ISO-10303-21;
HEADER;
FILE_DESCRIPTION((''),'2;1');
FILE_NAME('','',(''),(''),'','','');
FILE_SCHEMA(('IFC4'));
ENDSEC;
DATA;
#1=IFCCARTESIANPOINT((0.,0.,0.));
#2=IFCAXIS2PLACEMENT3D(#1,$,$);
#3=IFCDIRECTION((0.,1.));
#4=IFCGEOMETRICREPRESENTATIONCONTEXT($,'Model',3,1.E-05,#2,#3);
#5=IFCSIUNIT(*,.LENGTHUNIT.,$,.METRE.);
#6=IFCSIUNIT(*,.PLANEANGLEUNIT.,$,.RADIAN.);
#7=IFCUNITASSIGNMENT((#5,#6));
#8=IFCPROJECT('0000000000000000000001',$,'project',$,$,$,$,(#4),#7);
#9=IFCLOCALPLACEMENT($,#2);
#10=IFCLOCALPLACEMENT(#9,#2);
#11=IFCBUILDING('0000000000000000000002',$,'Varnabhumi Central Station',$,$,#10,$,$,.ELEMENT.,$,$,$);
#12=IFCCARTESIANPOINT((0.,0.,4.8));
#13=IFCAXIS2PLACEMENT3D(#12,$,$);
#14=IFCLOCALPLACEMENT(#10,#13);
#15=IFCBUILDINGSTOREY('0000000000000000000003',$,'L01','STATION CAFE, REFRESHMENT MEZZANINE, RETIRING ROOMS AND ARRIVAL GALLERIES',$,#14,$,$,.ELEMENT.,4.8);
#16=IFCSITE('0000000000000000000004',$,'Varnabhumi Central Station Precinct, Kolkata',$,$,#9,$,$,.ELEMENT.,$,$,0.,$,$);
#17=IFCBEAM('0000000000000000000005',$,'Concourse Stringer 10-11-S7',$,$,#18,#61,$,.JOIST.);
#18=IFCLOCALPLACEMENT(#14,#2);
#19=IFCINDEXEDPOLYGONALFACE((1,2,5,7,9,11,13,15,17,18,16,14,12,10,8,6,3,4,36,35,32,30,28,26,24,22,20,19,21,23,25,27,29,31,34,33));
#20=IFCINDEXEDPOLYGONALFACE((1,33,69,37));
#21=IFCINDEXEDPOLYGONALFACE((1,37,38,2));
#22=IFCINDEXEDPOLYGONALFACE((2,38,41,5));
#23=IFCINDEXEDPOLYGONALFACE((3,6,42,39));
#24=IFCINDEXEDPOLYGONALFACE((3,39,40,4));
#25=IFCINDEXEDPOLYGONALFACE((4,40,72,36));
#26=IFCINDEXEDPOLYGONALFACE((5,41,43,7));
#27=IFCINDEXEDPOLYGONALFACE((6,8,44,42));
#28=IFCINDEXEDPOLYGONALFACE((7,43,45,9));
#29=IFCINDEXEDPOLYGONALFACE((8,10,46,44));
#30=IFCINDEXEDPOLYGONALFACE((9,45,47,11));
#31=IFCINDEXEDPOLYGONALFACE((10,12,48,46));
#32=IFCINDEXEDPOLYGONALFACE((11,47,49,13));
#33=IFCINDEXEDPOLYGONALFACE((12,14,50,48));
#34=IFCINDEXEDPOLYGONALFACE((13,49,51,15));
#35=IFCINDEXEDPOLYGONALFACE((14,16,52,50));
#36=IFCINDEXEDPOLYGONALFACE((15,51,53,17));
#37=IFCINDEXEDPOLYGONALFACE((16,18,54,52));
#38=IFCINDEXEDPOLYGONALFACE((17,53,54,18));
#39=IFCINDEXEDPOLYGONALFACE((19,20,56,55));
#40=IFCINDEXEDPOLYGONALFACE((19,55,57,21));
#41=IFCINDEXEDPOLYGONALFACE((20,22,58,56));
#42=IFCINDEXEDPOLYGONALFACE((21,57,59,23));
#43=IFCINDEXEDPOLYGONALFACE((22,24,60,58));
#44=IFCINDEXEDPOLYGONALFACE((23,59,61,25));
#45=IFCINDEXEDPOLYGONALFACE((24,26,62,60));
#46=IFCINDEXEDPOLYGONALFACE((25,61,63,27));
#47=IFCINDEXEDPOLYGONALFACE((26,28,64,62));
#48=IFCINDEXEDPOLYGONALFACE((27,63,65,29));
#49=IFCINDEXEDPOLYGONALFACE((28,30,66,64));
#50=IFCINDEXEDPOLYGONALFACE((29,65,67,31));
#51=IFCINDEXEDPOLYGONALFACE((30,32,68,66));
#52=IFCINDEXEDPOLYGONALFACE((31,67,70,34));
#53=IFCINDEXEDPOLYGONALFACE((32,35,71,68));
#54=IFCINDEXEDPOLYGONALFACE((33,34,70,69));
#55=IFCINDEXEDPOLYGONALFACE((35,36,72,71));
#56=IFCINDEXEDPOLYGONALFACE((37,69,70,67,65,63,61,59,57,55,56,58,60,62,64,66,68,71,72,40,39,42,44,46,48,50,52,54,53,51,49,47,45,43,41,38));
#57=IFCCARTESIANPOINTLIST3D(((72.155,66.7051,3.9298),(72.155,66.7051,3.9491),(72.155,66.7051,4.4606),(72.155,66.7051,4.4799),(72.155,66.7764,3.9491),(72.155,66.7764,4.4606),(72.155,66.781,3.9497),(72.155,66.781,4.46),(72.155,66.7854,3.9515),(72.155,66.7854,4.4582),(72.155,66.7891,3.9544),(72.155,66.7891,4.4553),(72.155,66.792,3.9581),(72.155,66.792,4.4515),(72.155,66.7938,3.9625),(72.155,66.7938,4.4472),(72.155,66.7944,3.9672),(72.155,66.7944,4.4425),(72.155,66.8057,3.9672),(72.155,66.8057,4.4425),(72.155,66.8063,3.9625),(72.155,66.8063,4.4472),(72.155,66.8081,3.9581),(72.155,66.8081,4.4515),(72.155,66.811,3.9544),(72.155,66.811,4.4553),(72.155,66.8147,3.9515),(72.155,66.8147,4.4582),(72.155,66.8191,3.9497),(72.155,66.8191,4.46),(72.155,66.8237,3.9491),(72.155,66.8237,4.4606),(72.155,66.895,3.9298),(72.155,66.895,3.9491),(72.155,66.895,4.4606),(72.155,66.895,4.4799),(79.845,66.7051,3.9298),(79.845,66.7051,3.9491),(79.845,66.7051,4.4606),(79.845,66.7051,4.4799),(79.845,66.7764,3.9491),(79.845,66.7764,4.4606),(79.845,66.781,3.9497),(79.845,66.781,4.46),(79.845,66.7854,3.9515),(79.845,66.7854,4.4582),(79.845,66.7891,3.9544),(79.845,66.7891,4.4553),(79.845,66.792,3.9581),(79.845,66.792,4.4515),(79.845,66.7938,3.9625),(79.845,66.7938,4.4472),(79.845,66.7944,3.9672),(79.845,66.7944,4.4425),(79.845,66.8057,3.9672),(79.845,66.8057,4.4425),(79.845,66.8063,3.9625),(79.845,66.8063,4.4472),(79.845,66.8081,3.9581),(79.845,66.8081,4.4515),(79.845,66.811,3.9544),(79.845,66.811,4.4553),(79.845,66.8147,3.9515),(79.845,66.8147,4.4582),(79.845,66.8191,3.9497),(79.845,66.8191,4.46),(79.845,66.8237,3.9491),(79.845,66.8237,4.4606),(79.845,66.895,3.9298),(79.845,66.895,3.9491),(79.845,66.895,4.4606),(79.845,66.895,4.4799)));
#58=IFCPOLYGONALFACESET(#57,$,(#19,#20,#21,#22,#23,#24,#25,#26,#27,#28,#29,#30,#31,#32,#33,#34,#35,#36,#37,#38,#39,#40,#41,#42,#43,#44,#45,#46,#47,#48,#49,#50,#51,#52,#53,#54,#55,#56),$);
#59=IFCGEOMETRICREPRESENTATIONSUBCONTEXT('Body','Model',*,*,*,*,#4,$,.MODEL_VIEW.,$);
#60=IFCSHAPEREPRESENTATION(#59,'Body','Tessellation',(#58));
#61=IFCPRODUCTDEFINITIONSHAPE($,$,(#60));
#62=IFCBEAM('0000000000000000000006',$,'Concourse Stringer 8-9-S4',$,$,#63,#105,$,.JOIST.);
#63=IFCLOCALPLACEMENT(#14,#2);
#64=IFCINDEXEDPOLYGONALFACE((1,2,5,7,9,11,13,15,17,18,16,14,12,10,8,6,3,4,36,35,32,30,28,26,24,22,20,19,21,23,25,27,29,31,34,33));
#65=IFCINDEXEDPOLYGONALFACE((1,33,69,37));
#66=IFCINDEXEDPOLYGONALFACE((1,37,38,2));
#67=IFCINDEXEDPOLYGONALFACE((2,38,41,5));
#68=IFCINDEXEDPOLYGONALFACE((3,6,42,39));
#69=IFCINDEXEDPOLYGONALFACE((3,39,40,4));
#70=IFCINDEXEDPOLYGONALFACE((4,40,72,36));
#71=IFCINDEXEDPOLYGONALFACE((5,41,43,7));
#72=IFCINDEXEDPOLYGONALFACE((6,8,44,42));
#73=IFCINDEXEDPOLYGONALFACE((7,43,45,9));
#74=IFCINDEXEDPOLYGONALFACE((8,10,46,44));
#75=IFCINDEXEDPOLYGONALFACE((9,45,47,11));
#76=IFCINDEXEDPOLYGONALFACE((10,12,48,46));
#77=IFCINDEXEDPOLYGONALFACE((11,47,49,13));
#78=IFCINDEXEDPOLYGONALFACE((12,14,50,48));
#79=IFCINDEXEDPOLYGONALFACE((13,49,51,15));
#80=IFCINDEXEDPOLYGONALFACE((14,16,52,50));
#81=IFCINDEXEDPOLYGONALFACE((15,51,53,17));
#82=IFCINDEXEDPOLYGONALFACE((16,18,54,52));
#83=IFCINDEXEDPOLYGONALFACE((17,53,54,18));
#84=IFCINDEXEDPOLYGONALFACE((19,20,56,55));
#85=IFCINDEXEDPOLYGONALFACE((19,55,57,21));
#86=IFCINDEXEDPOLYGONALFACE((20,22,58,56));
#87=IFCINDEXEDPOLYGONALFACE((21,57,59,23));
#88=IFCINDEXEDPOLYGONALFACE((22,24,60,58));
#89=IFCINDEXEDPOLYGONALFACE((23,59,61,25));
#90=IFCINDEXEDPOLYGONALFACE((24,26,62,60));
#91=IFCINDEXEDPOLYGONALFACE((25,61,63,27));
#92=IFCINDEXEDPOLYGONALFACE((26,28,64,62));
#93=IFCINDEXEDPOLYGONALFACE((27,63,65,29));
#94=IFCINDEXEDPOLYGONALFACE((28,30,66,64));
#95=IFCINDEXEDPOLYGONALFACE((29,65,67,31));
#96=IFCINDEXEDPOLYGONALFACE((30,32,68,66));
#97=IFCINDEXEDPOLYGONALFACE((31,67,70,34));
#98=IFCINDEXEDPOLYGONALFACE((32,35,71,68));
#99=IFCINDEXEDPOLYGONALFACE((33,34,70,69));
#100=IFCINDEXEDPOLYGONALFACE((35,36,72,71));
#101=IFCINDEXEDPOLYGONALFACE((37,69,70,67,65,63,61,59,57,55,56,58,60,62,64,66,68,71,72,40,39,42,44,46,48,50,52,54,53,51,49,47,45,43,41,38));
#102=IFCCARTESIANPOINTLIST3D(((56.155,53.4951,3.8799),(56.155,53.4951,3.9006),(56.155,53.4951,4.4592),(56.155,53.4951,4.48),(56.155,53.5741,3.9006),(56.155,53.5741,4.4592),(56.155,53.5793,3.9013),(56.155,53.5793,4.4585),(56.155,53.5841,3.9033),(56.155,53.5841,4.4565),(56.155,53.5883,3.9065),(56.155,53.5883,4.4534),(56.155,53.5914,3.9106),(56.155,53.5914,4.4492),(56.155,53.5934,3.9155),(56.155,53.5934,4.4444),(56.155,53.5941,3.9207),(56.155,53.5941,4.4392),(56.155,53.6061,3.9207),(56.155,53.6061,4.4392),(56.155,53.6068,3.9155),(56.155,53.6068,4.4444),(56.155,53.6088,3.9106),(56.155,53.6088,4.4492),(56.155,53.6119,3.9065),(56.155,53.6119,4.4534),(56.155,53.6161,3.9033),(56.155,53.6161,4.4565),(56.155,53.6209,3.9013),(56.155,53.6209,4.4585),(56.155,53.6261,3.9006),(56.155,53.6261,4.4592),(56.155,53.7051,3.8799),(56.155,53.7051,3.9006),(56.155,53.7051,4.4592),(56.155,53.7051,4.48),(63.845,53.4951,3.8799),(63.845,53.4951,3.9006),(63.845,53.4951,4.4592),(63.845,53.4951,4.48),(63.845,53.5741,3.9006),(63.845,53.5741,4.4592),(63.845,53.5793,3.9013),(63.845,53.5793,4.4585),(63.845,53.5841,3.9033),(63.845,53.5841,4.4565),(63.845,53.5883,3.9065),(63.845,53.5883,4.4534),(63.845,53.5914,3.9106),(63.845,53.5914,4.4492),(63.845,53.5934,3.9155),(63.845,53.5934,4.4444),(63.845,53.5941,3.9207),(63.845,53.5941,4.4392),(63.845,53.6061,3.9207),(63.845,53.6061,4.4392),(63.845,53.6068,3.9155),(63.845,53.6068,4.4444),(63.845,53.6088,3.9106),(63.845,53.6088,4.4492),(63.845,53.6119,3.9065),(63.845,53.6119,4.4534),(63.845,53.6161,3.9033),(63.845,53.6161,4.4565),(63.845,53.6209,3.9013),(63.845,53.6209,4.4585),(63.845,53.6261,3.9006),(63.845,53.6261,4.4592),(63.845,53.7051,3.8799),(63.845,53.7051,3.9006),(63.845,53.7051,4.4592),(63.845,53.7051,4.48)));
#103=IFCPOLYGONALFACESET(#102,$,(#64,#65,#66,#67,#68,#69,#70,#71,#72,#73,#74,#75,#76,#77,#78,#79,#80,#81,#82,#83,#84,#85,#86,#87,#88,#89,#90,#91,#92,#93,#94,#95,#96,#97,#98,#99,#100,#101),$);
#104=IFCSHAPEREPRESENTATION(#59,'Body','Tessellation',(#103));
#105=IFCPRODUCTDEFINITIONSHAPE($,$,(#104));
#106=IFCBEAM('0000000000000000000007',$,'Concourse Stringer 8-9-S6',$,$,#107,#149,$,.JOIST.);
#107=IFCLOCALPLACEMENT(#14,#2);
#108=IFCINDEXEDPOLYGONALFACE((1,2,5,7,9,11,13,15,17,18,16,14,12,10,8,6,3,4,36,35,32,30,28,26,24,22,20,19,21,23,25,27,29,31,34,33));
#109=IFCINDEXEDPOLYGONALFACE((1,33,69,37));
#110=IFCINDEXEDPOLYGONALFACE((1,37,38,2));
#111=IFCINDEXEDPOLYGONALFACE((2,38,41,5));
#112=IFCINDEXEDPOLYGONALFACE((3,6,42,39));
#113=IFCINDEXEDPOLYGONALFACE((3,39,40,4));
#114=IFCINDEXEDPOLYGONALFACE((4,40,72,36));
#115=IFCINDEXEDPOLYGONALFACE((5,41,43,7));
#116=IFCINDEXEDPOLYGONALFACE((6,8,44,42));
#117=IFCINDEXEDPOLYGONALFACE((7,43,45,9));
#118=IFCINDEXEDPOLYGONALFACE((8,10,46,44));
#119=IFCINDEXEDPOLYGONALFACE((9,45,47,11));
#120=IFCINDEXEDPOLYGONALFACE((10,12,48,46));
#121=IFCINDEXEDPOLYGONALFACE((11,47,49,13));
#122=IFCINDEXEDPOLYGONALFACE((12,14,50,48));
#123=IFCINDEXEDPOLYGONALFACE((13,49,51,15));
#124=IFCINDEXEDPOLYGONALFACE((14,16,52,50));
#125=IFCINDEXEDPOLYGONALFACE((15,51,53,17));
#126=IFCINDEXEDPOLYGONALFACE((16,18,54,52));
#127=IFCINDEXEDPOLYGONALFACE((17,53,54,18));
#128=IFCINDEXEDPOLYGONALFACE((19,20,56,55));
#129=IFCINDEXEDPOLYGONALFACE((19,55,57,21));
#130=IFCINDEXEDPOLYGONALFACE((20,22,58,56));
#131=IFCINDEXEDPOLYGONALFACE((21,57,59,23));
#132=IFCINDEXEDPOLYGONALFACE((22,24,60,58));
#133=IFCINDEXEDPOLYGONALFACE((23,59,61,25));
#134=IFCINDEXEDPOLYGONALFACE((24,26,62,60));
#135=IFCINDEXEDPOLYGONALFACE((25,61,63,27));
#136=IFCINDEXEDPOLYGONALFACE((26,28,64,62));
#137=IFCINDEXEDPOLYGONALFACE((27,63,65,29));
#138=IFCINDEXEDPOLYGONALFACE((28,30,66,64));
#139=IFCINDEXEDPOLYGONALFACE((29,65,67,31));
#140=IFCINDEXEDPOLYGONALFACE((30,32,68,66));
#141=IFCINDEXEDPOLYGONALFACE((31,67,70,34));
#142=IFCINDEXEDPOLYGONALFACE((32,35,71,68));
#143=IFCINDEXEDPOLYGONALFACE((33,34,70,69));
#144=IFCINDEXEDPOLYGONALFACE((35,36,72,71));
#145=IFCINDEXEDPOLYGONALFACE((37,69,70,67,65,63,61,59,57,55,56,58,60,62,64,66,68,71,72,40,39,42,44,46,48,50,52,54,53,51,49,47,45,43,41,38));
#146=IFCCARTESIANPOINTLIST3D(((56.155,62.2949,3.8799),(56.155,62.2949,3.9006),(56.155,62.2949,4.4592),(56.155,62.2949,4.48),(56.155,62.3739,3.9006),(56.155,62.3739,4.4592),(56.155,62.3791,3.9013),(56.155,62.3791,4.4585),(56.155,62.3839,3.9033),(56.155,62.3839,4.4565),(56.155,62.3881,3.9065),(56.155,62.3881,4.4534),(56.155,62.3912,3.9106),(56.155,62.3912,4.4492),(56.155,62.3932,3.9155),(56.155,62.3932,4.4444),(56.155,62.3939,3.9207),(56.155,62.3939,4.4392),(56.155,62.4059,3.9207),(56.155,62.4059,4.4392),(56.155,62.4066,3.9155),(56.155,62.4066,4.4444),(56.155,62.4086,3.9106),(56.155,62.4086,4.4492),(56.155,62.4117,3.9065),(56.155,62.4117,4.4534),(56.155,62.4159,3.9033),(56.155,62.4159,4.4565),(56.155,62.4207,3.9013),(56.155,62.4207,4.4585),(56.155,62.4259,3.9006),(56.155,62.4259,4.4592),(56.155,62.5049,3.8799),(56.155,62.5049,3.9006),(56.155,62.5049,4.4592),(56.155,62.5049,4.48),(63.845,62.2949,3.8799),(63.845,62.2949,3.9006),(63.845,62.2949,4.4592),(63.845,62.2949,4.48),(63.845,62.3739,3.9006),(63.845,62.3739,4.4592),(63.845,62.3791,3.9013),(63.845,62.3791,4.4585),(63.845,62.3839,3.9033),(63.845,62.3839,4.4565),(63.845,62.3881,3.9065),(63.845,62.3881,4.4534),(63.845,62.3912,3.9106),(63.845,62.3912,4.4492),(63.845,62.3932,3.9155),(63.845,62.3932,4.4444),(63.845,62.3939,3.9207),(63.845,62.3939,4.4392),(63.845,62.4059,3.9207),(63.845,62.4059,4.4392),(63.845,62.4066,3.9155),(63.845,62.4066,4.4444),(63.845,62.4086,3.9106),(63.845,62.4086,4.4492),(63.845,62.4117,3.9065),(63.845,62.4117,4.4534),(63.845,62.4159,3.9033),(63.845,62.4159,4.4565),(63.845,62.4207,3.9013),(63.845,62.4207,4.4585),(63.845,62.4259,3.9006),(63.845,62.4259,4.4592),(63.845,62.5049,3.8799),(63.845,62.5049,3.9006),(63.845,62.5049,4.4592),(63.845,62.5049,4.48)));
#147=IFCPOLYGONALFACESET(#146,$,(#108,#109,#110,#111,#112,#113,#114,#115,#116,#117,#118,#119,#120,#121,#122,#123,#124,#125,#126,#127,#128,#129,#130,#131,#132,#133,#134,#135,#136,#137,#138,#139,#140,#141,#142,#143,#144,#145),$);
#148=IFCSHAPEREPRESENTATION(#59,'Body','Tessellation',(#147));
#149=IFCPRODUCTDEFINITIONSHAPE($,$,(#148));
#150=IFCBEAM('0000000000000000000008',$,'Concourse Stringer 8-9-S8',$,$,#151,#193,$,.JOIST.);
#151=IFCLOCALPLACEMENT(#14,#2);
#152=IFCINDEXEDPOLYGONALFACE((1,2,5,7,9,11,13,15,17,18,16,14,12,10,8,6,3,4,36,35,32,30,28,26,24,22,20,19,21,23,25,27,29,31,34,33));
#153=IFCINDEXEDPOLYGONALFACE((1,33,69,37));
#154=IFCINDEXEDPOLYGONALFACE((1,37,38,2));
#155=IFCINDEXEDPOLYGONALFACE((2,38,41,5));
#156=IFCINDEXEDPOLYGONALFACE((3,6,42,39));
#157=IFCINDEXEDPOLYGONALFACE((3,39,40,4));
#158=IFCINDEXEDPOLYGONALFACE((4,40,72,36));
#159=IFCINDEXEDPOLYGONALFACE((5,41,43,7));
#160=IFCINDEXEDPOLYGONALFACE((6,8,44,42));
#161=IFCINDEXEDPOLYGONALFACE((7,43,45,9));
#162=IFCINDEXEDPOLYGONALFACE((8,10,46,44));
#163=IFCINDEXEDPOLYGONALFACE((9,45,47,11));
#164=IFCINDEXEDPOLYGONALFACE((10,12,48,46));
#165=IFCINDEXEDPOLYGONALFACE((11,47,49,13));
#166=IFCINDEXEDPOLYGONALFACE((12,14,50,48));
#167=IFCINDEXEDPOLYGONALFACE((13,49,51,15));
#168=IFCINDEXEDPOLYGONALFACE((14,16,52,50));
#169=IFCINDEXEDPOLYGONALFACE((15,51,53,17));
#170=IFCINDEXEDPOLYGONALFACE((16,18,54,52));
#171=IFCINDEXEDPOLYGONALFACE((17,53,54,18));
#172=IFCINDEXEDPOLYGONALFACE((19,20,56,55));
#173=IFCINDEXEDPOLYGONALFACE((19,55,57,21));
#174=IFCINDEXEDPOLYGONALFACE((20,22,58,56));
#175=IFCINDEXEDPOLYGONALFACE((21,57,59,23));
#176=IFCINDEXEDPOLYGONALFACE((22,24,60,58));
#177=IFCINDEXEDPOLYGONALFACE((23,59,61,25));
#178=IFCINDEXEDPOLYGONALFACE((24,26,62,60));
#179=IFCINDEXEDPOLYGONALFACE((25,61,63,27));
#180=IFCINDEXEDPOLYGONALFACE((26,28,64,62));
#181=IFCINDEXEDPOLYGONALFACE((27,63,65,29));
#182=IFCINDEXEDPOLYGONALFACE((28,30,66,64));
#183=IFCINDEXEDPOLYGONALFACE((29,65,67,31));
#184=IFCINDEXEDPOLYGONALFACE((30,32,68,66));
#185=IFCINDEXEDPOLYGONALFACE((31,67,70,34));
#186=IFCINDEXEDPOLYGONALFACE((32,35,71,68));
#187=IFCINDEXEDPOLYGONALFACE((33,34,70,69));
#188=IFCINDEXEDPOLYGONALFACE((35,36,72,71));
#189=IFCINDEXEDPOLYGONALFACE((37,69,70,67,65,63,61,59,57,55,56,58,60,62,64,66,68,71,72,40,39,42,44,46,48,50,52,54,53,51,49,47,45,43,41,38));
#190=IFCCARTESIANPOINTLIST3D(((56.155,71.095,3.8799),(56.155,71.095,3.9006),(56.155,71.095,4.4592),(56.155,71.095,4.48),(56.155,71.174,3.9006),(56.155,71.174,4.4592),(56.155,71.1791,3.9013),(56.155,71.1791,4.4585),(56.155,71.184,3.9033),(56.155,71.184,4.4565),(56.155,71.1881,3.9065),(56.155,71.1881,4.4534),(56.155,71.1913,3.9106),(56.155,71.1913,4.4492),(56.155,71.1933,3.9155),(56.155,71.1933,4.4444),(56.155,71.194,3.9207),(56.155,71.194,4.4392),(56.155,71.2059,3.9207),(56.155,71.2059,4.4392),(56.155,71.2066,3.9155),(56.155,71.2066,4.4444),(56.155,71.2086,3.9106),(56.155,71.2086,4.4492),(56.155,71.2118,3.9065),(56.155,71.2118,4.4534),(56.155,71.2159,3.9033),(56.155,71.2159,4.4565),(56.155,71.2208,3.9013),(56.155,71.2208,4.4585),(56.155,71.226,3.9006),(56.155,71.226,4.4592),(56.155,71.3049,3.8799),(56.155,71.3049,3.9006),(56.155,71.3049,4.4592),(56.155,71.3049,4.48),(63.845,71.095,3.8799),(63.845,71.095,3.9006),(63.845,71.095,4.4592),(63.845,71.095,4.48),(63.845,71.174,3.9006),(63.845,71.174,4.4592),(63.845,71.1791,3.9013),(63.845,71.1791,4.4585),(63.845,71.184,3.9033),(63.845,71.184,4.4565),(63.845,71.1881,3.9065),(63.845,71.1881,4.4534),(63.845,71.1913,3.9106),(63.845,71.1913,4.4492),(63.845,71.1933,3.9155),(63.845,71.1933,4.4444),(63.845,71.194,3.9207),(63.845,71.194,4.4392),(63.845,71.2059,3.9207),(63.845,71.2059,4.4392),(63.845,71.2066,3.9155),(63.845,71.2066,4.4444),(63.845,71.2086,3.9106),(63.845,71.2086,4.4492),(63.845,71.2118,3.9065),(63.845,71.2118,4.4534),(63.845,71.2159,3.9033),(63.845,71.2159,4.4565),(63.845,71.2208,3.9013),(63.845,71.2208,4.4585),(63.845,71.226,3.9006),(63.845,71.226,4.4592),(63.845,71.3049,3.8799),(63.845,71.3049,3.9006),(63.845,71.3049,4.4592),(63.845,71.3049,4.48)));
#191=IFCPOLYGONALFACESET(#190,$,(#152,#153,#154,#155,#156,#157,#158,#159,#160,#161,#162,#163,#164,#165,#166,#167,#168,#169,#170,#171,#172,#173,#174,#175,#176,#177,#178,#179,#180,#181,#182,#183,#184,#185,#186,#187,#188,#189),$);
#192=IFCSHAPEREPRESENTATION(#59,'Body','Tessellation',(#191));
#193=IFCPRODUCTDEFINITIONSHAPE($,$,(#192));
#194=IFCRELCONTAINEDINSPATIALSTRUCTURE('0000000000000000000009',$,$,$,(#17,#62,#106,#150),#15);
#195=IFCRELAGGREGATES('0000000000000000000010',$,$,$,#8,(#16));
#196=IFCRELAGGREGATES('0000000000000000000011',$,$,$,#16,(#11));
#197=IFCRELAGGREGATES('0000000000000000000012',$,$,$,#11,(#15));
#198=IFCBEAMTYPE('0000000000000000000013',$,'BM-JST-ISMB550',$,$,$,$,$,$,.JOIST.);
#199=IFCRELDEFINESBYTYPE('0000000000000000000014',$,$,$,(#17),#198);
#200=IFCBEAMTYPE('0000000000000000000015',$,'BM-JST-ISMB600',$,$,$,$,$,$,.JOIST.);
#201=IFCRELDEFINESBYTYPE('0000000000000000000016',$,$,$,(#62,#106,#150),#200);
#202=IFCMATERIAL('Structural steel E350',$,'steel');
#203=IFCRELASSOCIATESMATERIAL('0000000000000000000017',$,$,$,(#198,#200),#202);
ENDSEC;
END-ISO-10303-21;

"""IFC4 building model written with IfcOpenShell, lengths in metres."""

from ifc_helpers import new_model, si_unit, direction, frame, origin, origin_2d, place, context, subcontext, project, spatial, i_section, extrude, material, material_profile, profile_set, type_object, element, save


model = new_model("IFC4")

# Units and contexts
model_context = context("Model", 3, precision=1e-05, world=origin(), true_north=direction((0.0, 1.0)))
body_context = subcontext(model_context, "Body", "Model", "MODEL_VIEW")
ifc_project = project(units=[si_unit("LENGTHUNIT", "METRE"), si_unit("PLANEANGLEUNIT", "RADIAN")], contexts=[model_context])

# Site, building, storey
site_placement = place(None, origin())
site = spatial("IfcSite", under=ifc_project, at=site_placement, Name="Varnabhumi Central Station Precinct, Kolkata", CompositionType="ELEMENT", RefElevation=0.0)
building_placement = place(site_placement, origin())
building = spatial("IfcBuilding", under=site, at=building_placement, Name="Varnabhumi Central Station", CompositionType="ELEMENT")
storey_placement = place(building_placement, frame((0.0, 0.0, 4.8)))
storey = spatial("IfcBuildingStorey", under=building, at=storey_placement, Name="L01", Description="STATION CAFE, REFRESHMENT MEZZANINE, RETIRING ROOMS AND ARRIVAL GALLERIES", CompositionType="ELEMENT", Elevation=4.8)

# Beams
ifc_material = material(Name="Structural steel E350", Category="steel")
ifc_material_profile_1 = material_profile(ifc_material, i_section(OverallWidth=0.1899, OverallDepth=0.55, WebThickness=0.0112, FlangeThickness=0.0193, FilletRadius=0.0181, at=origin_2d()), Name="Structural steel E350", Category="steel")
ifc_profile_set_1 = profile_set([ifc_material_profile_1], Name="Structural steel E350")
beam_type_1 = type_object("IfcBeamType", Name="BM-JST-ISMB550", PredefinedType="JOIST", material=ifc_profile_set_1)
for number, where, z_axis, x_axis, name in (
    (1, (72.155, 66.8, 4.2048), (1.0, 0.0, 0.0), (0.0, 1.0, 0.0), "Concourse Stringer 10-11-S7"),
):
    element("IfcBeam", number, at=place(storey_placement, frame(where, z_axis=z_axis, x_axis=x_axis)), inside=storey, type_object=beam_type_1, Name=name, PredefinedType="JOIST", context=body_context, shape_type="SweptSolid", body=[
        extrude(i_section(OverallWidth=0.1899, OverallDepth=0.55, WebThickness=0.0112, FlangeThickness=0.0193, FilletRadius=0.0181, at=origin_2d()), origin(), (0.0, 0.0, 1.0), 7.6899),
    ])
ifc_material_profile_2 = material_profile(ifc_material, i_section(OverallWidth=0.21, OverallDepth=0.6001, WebThickness=0.012, FlangeThickness=0.0208, FilletRadius=0.02, at=origin_2d()), Name="Structural steel E350", Category="steel")
ifc_profile_set_2 = profile_set([ifc_material_profile_2], Name="Structural steel E350")
beam_type_2 = type_object("IfcBeamType", Name="BM-JST-ISMB600", PredefinedType="JOIST", material=ifc_profile_set_2)
for number, where, z_axis, x_axis, name in (
    (2, (56.155, 53.6001, 4.1799), (1.0, 0.0, 0.0), (0.0, 1.0, 0.0), "Concourse Stringer 8-9-S4"),
    (3, (56.155, 62.3999, 4.1799), (1.0, 0.0, 0.0), (0.0, 1.0, 0.0), "Concourse Stringer 8-9-S6"),
    (4, (56.155, 71.2, 4.1799), (1.0, 0.0, 0.0), (0.0, 1.0, 0.0), "Concourse Stringer 8-9-S8"),
):
    element("IfcBeam", number, at=place(storey_placement, frame(where, z_axis=z_axis, x_axis=x_axis)), inside=storey, type_object=beam_type_2, Name=name, PredefinedType="JOIST", context=body_context, shape_type="SweptSolid", body=[
        extrude(i_section(OverallWidth=0.21, OverallDepth=0.6001, WebThickness=0.012, FlangeThickness=0.0208, FilletRadius=0.02, at=origin_2d()), origin(), (0.0, 0.0, 1.0), 7.6899),
    ])

save(model, "model.ifc")
